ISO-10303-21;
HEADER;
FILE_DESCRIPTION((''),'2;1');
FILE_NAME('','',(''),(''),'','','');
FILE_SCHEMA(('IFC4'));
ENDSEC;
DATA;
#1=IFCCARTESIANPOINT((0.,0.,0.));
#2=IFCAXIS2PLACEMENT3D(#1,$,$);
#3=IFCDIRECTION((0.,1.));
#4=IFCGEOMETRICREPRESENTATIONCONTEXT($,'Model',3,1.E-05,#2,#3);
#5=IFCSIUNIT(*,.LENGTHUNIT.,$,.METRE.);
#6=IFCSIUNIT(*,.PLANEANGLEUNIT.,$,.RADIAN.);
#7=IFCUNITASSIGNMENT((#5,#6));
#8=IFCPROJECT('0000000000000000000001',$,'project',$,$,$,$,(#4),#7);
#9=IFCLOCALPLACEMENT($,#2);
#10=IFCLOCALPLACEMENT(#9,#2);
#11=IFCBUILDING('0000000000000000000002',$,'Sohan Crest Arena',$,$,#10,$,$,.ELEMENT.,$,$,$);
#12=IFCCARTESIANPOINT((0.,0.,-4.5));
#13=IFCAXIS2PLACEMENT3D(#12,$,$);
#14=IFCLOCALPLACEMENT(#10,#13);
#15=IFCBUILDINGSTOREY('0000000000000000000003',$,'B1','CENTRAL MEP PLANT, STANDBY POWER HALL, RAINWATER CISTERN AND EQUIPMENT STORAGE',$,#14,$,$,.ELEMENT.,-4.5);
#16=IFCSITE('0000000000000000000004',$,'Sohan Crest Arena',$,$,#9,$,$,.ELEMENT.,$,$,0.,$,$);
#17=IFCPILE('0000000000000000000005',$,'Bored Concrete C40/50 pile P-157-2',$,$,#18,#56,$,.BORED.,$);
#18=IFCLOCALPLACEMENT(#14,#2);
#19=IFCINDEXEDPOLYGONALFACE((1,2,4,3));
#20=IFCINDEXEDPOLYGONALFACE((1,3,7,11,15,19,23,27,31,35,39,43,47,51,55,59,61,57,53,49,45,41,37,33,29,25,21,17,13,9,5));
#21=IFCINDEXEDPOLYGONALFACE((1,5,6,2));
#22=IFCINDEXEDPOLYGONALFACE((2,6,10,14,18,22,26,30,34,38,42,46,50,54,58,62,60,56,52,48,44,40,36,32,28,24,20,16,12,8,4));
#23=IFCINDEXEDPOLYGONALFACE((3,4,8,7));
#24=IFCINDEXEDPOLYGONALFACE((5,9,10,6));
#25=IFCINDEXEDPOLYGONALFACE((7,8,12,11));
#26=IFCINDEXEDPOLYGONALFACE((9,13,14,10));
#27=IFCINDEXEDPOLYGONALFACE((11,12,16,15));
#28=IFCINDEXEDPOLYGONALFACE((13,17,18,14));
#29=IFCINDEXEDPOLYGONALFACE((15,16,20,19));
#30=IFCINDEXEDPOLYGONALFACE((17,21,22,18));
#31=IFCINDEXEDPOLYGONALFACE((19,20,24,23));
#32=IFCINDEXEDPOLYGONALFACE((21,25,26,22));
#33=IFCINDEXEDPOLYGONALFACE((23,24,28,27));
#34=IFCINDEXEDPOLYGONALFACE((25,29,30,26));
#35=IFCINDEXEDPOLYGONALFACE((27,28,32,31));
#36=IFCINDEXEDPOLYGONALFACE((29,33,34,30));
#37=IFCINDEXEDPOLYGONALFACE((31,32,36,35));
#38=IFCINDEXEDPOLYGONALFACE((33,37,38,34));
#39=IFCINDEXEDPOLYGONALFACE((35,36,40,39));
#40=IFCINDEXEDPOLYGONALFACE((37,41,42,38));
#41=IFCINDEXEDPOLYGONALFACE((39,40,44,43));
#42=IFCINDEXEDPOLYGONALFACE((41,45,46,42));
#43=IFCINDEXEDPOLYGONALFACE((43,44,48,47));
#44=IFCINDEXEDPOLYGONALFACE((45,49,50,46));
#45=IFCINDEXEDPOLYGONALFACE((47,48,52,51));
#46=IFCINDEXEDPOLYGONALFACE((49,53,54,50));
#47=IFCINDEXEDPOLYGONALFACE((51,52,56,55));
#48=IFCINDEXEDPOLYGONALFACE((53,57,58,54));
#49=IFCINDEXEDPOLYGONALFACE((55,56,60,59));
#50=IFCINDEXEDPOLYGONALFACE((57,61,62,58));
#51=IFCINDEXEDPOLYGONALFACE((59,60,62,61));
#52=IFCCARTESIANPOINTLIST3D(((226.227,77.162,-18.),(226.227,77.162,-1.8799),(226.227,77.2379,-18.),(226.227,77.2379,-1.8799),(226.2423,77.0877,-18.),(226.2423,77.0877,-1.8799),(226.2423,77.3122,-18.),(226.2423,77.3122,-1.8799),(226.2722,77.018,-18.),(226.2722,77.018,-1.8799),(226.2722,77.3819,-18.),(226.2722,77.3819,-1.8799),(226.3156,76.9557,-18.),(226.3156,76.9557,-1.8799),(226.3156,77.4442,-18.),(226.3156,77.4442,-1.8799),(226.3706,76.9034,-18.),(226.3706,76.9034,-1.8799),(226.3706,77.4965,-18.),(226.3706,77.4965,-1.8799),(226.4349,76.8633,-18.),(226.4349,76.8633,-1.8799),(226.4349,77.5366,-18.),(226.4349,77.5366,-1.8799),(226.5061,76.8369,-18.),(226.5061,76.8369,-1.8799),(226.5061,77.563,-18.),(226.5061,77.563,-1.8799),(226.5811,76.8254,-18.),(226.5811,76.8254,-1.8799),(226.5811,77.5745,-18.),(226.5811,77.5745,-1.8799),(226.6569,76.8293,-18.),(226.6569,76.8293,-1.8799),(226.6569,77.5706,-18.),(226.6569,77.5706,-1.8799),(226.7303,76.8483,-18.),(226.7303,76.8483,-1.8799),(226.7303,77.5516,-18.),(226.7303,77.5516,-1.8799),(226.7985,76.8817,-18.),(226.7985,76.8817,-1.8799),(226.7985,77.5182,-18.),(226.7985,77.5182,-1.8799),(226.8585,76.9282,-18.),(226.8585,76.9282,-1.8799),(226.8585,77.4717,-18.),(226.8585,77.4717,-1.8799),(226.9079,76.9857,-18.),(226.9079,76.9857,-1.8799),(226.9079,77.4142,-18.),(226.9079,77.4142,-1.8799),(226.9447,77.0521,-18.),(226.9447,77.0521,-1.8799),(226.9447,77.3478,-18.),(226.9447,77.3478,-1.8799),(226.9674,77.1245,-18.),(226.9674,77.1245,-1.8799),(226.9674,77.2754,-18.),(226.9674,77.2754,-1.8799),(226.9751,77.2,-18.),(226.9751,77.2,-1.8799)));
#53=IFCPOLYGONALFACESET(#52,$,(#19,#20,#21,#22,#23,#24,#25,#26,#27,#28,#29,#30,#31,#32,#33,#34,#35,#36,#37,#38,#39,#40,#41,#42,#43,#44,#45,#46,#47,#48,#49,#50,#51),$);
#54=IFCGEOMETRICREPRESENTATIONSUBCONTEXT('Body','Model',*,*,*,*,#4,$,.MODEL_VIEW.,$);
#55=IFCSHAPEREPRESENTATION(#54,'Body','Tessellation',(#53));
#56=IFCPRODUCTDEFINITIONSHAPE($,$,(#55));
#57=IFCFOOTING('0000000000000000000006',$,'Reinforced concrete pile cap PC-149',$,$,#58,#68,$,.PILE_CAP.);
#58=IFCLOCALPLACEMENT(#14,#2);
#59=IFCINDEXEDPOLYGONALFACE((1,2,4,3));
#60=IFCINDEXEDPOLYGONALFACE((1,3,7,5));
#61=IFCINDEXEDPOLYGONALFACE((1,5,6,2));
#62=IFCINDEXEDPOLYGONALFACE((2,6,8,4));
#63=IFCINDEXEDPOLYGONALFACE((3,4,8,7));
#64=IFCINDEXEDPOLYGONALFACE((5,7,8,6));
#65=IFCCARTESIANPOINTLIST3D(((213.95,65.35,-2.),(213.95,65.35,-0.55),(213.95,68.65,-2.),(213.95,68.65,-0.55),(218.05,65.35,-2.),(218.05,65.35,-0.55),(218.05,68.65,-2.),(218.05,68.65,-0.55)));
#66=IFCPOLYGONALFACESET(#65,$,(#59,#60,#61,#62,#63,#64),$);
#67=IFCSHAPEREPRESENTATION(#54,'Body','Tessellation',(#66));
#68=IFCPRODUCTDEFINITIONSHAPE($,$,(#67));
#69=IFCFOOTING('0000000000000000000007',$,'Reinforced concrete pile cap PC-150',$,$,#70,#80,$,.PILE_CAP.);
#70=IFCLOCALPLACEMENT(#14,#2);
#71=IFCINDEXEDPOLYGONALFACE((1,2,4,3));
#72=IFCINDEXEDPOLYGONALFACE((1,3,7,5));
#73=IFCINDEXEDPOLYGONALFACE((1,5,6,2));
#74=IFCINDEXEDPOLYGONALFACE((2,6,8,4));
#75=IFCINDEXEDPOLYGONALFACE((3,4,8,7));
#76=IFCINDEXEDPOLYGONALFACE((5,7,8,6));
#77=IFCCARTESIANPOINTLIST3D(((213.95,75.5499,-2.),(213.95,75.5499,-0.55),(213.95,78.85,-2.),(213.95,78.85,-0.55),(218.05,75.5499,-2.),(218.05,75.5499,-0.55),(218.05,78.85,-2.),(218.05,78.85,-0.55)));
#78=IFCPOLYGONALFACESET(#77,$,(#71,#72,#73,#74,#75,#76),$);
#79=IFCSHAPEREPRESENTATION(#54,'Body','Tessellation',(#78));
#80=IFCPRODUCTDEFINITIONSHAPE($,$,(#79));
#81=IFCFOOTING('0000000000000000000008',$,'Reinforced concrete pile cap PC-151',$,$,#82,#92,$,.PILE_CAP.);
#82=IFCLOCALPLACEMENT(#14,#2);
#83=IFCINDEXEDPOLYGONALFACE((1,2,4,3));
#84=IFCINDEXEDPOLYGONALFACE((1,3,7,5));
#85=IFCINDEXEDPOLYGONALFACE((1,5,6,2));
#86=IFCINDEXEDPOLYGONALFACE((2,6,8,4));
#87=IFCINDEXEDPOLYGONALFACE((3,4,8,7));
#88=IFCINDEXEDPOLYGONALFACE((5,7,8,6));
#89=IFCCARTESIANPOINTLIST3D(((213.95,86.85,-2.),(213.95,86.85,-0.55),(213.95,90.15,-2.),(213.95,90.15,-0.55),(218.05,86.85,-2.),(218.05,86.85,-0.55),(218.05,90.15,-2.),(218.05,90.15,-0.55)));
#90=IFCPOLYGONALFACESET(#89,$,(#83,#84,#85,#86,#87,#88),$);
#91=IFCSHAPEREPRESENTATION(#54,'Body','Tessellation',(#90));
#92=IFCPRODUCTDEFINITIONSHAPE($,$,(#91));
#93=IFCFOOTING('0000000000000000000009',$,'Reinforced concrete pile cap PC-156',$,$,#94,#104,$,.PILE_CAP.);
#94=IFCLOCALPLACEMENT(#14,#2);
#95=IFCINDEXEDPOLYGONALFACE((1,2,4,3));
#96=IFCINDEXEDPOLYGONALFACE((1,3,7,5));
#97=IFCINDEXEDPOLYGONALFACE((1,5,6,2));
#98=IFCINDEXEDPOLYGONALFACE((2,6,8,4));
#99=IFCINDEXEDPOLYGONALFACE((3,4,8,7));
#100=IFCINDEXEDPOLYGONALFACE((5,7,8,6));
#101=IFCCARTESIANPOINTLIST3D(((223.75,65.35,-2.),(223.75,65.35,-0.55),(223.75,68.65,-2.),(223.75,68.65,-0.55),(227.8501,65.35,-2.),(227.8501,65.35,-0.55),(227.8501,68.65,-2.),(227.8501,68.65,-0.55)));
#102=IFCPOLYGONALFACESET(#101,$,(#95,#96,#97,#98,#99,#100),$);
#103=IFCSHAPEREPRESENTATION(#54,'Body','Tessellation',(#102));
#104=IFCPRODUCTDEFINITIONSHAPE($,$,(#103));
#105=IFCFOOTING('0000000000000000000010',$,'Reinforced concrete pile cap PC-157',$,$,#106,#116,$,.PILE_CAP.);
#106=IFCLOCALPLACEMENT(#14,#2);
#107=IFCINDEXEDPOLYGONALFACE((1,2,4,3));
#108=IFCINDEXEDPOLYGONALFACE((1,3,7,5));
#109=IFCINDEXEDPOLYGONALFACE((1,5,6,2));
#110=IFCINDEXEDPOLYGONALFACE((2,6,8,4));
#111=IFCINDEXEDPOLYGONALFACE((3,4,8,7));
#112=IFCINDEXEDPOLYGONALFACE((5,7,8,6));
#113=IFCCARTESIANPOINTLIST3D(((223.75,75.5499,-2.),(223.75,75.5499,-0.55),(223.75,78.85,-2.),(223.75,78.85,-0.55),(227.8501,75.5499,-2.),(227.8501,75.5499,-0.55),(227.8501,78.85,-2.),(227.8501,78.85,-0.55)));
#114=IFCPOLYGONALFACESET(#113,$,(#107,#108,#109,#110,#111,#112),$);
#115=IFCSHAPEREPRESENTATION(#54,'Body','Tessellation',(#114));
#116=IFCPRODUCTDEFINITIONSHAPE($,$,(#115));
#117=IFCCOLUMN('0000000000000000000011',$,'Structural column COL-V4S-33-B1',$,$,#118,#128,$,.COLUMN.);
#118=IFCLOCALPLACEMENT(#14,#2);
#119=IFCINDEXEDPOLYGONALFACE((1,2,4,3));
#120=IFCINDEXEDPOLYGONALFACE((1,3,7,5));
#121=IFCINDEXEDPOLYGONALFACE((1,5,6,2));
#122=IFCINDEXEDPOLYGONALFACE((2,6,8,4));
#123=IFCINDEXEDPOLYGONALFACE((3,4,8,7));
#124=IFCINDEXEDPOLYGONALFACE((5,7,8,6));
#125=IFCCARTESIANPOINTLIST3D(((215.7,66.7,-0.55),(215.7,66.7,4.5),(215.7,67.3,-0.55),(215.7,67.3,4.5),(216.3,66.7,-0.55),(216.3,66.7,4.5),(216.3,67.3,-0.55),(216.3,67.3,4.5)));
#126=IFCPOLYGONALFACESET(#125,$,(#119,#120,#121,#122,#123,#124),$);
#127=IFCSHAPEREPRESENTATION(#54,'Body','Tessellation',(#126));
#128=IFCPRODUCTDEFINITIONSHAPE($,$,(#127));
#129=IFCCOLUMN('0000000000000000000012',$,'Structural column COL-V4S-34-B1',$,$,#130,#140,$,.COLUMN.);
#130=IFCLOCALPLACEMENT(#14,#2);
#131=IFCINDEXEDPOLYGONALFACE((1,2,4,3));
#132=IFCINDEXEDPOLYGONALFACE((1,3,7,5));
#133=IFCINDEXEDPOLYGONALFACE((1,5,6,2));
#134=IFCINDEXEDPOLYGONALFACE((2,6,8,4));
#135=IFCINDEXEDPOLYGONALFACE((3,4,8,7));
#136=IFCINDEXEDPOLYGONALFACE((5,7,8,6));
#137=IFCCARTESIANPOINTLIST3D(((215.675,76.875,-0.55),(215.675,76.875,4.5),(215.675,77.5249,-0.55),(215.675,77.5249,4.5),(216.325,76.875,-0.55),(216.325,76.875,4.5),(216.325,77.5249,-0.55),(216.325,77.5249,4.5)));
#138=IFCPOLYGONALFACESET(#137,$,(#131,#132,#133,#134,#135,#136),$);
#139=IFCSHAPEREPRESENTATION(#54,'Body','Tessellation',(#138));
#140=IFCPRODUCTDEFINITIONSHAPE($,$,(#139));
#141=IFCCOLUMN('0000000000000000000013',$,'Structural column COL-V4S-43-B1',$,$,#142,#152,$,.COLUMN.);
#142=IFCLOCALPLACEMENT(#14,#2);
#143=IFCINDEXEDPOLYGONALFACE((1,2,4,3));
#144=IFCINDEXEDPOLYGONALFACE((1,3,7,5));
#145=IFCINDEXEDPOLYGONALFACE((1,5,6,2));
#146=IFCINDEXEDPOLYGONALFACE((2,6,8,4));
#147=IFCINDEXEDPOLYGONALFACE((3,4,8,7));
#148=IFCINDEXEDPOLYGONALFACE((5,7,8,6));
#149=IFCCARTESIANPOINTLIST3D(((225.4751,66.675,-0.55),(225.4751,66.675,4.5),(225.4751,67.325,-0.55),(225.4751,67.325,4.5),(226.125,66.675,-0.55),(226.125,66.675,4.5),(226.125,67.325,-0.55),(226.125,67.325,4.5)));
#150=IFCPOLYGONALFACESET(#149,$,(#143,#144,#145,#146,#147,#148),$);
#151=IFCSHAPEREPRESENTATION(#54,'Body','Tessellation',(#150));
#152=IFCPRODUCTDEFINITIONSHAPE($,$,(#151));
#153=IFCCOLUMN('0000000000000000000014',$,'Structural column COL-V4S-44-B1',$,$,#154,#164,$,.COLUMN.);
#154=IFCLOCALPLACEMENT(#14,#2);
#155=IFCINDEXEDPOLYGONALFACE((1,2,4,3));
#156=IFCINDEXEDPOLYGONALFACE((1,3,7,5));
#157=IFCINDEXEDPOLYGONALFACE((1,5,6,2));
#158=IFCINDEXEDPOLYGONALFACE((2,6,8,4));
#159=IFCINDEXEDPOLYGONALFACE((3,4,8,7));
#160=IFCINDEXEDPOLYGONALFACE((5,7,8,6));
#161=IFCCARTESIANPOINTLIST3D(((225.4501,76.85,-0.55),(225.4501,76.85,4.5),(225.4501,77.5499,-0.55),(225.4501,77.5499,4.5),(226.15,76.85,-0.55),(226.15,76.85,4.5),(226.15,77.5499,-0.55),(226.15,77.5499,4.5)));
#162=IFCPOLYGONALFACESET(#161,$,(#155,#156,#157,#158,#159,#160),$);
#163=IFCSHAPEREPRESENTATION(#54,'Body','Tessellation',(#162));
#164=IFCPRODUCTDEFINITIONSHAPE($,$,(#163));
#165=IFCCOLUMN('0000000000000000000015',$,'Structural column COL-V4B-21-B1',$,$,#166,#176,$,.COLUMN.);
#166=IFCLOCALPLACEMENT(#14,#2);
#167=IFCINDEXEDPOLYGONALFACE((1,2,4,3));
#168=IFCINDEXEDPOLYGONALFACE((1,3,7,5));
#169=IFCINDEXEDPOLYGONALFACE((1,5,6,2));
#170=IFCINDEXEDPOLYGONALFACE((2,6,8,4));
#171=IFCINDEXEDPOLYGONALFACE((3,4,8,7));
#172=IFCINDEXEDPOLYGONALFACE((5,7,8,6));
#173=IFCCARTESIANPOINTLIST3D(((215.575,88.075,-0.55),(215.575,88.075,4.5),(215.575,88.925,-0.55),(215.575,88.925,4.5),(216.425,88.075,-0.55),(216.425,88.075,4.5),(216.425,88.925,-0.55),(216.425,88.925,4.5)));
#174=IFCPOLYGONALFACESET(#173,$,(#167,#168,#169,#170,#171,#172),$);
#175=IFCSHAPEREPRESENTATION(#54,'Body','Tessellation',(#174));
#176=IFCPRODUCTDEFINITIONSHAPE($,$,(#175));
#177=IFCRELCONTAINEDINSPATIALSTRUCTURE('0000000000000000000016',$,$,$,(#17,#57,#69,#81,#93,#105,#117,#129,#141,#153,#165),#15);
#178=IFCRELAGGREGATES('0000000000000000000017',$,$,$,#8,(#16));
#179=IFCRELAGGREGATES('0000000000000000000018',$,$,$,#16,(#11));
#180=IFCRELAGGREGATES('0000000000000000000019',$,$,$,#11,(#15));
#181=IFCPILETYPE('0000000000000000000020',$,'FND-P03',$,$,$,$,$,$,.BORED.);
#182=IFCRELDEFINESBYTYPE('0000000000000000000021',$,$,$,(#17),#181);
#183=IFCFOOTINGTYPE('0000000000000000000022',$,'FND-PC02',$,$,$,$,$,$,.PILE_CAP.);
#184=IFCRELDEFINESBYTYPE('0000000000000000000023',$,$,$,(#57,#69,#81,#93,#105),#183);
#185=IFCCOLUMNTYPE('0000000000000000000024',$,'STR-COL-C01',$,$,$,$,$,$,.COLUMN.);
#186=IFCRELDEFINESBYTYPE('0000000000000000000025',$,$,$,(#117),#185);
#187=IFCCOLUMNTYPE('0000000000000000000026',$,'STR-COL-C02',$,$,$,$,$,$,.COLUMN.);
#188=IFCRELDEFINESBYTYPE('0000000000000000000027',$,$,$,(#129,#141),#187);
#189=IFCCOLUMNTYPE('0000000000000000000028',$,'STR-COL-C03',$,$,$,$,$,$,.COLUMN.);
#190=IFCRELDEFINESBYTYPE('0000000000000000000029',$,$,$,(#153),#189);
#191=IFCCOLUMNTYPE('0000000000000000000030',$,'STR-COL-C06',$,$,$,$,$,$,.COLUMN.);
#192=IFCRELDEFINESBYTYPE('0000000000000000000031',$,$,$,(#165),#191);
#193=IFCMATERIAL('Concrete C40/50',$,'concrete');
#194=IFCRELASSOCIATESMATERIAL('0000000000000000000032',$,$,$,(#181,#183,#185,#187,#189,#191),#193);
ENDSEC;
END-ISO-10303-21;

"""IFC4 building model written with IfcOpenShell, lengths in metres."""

from ifc_helpers import new_model, si_unit, direction, frame, origin, origin_2d, place, context, subcontext, project, spatial, rectangle, circle, extrude, material, material_profile, profile_set, type_object, element, save


model = new_model("IFC4")

# Units and contexts
model_context = context("Model", 3, precision=1e-05, world=origin(), true_north=direction((0.0, 1.0)))
body_context = subcontext(model_context, "Body", "Model", "MODEL_VIEW")
ifc_project = project(units=[si_unit("LENGTHUNIT", "METRE"), si_unit("PLANEANGLEUNIT", "RADIAN")], contexts=[model_context])

# Site, building, storey
site_placement = place(None, origin())
site = spatial("IfcSite", under=ifc_project, at=site_placement, Name="Sohan Crest Arena", CompositionType="ELEMENT", RefElevation=0.0)
building_placement = place(site_placement, origin())
building = spatial("IfcBuilding", under=site, at=building_placement, Name="Sohan Crest Arena", CompositionType="ELEMENT")
storey_placement = place(building_placement, frame((0.0, 0.0, -4.5)))
storey = spatial("IfcBuildingStorey", under=building, at=storey_placement, Name="B1", Description="CENTRAL MEP PLANT, STANDBY POWER HALL, RAINWATER CISTERN AND EQUIPMENT STORAGE", CompositionType="ELEMENT", Elevation=-4.5)

# Shared definitions
ifc_material = material(Name="Concrete C40/50", Category="concrete")

# Pile
ifc_material_profile_1 = material_profile(ifc_material, circle(Radius=0.375, at=origin_2d()), Name="PILE D750")
ifc_profile_set_1 = profile_set([ifc_material_profile_1], Name="Concrete C40/50")
pile_type = type_object("IfcPileType", Name="FND-P03", PredefinedType="BORED", material=ifc_profile_set_1)
for number, where, z_axis, x_axis, name in (
    (1, (226.6001, 77.2, -18.0), (0.0, 0.0, 1.0), (1.0, 0.0, 0.0), "Bored Concrete C40/50 pile P-157-2"),
):
    element("IfcPile", number, at=place(storey_placement, frame(where, z_axis=z_axis, x_axis=x_axis)), inside=storey, type_object=pile_type, Name=name, PredefinedType="BORED", context=body_context, shape_type="SweptSolid", body=[
        extrude(circle(Radius=0.375, at=origin_2d()), origin(), (0.0, 0.0, 1.0), 16.1201),
    ])

# Footings
footing_type_1 = type_object("IfcFootingType", Name="FND-PC02", PredefinedType="PILE_CAP", material=ifc_material)
for number, where, z_axis, x_axis, name in (
    (2, (216.0, 67.0, -2.0), (0.0, 0.0, 1.0), (1.0, 0.0, 0.0), "Reinforced concrete pile cap PC-149"),
    (3, (216.0, 77.2, -2.0), (0.0, 0.0, 1.0), (1.0, 0.0, 0.0), "Reinforced concrete pile cap PC-150"),
    (4, (216.0, 88.5, -2.0), (0.0, 0.0, 1.0), (1.0, 0.0, 0.0), "Reinforced concrete pile cap PC-151"),
    (5, (225.8, 67.0, -2.0), (0.0, 0.0, 1.0), (1.0, 0.0, 0.0), "Reinforced concrete pile cap PC-156"),
    (6, (225.8, 77.2, -2.0), (0.0, 0.0, 1.0), (1.0, 0.0, 0.0), "Reinforced concrete pile cap PC-157"),
):
    element("IfcFooting", number, at=place(storey_placement, frame(where, z_axis=z_axis, x_axis=x_axis)), inside=storey, type_object=footing_type_1, Name=name, PredefinedType="PILE_CAP", context=body_context, shape_type="SweptSolid", body=[
        extrude(rectangle(XDim=4.1001, YDim=3.3, at=origin_2d()), origin(), (0.0, 0.0, 1.0), 1.45),
    ])

# Columns
ifc_material_profile_2 = material_profile(ifc_material, rectangle(XDim=0.6001, YDim=0.6001, at=origin_2d()), Name="RC 600x600")
ifc_profile_set_2 = profile_set([ifc_material_profile_2], Name="Concrete C40/50")
column_type_1 = type_object("IfcColumnType", Name="STR-COL-C01", PredefinedType="COLUMN", material=ifc_profile_set_2)
column_1_placement = place(storey_placement, frame((216.0, 67.0, -0.55), z_axis=(0.0, 0.0, 1.0), x_axis=(1.0, 0.0, 0.0)))
element("IfcColumn", 7, at=column_1_placement, inside=storey, type_object=column_type_1, Name="Structural column COL-V4S-33-B1", PredefinedType="COLUMN", context=body_context, shape_type="SweptSolid", body=[
    extrude(rectangle(XDim=0.6001, YDim=0.6001, at=origin_2d()), origin(), (0.0, 0.0, 1.0), 5.05),
])
ifc_material_profile_3 = material_profile(ifc_material, rectangle(XDim=0.6499, YDim=0.6499, at=origin_2d()), Name="RC 650x650")
ifc_profile_set_3 = profile_set([ifc_material_profile_3], Name="Concrete C40/50")
column_type_2 = type_object("IfcColumnType", Name="STR-COL-C02", PredefinedType="COLUMN", material=ifc_profile_set_3)
for number, where, z_axis, x_axis, name in (
    (8, (216.0, 77.2, -0.55), (0.0, 0.0, 1.0), (1.0, 0.0, 0.0), "Structural column COL-V4S-34-B1"),
    (9, (225.8, 67.0, -0.55), (0.0, 0.0, 1.0), (1.0, 0.0, 0.0), "Structural column COL-V4S-43-B1"),
):
    element("IfcColumn", number, at=place(storey_placement, frame(where, z_axis=z_axis, x_axis=x_axis)), inside=storey, type_object=column_type_2, Name=name, PredefinedType="COLUMN", context=body_context, shape_type="SweptSolid", body=[
        extrude(rectangle(XDim=0.6499, YDim=0.6499, at=origin_2d()), origin(), (0.0, 0.0, 1.0), 5.05),
    ])
ifc_material_profile_4 = material_profile(ifc_material, rectangle(XDim=0.7, YDim=0.7, at=origin_2d()), Name="RC 700x700")
ifc_profile_set_4 = profile_set([ifc_material_profile_4], Name="Concrete C40/50")
column_type_3 = type_object("IfcColumnType", Name="STR-COL-C03", PredefinedType="COLUMN", material=ifc_profile_set_4)
column_2_placement = place(storey_placement, frame((225.8, 77.2, -0.55), z_axis=(0.0, 0.0, 1.0), x_axis=(1.0, 0.0, 0.0)))
element("IfcColumn", 10, at=column_2_placement, inside=storey, type_object=column_type_3, Name="Structural column COL-V4S-44-B1", PredefinedType="COLUMN", context=body_context, shape_type="SweptSolid", body=[
    extrude(rectangle(XDim=0.7, YDim=0.7, at=origin_2d()), origin(), (0.0, 0.0, 1.0), 5.05),
])
ifc_material_profile_5 = material_profile(ifc_material, rectangle(XDim=0.8501, YDim=0.8501, at=origin_2d()), Name="RC 850x850")
ifc_profile_set_5 = profile_set([ifc_material_profile_5], Name="Concrete C40/50")
column_type_4 = type_object("IfcColumnType", Name="STR-COL-C06", PredefinedType="COLUMN", material=ifc_profile_set_5)
column_3_placement = place(storey_placement, frame((216.0, 88.5, -0.55), z_axis=(0.0, 0.0, 1.0), x_axis=(1.0, 0.0, 0.0)))
element("IfcColumn", 11, at=column_3_placement, inside=storey, type_object=column_type_4, Name="Structural column COL-V4B-21-B1", PredefinedType="COLUMN", context=body_context, shape_type="SweptSolid", body=[
    extrude(rectangle(XDim=0.8501, YDim=0.8501, at=origin_2d()), origin(), (0.0, 0.0, 1.0), 5.05),
])

save(model, "model.ifc")
